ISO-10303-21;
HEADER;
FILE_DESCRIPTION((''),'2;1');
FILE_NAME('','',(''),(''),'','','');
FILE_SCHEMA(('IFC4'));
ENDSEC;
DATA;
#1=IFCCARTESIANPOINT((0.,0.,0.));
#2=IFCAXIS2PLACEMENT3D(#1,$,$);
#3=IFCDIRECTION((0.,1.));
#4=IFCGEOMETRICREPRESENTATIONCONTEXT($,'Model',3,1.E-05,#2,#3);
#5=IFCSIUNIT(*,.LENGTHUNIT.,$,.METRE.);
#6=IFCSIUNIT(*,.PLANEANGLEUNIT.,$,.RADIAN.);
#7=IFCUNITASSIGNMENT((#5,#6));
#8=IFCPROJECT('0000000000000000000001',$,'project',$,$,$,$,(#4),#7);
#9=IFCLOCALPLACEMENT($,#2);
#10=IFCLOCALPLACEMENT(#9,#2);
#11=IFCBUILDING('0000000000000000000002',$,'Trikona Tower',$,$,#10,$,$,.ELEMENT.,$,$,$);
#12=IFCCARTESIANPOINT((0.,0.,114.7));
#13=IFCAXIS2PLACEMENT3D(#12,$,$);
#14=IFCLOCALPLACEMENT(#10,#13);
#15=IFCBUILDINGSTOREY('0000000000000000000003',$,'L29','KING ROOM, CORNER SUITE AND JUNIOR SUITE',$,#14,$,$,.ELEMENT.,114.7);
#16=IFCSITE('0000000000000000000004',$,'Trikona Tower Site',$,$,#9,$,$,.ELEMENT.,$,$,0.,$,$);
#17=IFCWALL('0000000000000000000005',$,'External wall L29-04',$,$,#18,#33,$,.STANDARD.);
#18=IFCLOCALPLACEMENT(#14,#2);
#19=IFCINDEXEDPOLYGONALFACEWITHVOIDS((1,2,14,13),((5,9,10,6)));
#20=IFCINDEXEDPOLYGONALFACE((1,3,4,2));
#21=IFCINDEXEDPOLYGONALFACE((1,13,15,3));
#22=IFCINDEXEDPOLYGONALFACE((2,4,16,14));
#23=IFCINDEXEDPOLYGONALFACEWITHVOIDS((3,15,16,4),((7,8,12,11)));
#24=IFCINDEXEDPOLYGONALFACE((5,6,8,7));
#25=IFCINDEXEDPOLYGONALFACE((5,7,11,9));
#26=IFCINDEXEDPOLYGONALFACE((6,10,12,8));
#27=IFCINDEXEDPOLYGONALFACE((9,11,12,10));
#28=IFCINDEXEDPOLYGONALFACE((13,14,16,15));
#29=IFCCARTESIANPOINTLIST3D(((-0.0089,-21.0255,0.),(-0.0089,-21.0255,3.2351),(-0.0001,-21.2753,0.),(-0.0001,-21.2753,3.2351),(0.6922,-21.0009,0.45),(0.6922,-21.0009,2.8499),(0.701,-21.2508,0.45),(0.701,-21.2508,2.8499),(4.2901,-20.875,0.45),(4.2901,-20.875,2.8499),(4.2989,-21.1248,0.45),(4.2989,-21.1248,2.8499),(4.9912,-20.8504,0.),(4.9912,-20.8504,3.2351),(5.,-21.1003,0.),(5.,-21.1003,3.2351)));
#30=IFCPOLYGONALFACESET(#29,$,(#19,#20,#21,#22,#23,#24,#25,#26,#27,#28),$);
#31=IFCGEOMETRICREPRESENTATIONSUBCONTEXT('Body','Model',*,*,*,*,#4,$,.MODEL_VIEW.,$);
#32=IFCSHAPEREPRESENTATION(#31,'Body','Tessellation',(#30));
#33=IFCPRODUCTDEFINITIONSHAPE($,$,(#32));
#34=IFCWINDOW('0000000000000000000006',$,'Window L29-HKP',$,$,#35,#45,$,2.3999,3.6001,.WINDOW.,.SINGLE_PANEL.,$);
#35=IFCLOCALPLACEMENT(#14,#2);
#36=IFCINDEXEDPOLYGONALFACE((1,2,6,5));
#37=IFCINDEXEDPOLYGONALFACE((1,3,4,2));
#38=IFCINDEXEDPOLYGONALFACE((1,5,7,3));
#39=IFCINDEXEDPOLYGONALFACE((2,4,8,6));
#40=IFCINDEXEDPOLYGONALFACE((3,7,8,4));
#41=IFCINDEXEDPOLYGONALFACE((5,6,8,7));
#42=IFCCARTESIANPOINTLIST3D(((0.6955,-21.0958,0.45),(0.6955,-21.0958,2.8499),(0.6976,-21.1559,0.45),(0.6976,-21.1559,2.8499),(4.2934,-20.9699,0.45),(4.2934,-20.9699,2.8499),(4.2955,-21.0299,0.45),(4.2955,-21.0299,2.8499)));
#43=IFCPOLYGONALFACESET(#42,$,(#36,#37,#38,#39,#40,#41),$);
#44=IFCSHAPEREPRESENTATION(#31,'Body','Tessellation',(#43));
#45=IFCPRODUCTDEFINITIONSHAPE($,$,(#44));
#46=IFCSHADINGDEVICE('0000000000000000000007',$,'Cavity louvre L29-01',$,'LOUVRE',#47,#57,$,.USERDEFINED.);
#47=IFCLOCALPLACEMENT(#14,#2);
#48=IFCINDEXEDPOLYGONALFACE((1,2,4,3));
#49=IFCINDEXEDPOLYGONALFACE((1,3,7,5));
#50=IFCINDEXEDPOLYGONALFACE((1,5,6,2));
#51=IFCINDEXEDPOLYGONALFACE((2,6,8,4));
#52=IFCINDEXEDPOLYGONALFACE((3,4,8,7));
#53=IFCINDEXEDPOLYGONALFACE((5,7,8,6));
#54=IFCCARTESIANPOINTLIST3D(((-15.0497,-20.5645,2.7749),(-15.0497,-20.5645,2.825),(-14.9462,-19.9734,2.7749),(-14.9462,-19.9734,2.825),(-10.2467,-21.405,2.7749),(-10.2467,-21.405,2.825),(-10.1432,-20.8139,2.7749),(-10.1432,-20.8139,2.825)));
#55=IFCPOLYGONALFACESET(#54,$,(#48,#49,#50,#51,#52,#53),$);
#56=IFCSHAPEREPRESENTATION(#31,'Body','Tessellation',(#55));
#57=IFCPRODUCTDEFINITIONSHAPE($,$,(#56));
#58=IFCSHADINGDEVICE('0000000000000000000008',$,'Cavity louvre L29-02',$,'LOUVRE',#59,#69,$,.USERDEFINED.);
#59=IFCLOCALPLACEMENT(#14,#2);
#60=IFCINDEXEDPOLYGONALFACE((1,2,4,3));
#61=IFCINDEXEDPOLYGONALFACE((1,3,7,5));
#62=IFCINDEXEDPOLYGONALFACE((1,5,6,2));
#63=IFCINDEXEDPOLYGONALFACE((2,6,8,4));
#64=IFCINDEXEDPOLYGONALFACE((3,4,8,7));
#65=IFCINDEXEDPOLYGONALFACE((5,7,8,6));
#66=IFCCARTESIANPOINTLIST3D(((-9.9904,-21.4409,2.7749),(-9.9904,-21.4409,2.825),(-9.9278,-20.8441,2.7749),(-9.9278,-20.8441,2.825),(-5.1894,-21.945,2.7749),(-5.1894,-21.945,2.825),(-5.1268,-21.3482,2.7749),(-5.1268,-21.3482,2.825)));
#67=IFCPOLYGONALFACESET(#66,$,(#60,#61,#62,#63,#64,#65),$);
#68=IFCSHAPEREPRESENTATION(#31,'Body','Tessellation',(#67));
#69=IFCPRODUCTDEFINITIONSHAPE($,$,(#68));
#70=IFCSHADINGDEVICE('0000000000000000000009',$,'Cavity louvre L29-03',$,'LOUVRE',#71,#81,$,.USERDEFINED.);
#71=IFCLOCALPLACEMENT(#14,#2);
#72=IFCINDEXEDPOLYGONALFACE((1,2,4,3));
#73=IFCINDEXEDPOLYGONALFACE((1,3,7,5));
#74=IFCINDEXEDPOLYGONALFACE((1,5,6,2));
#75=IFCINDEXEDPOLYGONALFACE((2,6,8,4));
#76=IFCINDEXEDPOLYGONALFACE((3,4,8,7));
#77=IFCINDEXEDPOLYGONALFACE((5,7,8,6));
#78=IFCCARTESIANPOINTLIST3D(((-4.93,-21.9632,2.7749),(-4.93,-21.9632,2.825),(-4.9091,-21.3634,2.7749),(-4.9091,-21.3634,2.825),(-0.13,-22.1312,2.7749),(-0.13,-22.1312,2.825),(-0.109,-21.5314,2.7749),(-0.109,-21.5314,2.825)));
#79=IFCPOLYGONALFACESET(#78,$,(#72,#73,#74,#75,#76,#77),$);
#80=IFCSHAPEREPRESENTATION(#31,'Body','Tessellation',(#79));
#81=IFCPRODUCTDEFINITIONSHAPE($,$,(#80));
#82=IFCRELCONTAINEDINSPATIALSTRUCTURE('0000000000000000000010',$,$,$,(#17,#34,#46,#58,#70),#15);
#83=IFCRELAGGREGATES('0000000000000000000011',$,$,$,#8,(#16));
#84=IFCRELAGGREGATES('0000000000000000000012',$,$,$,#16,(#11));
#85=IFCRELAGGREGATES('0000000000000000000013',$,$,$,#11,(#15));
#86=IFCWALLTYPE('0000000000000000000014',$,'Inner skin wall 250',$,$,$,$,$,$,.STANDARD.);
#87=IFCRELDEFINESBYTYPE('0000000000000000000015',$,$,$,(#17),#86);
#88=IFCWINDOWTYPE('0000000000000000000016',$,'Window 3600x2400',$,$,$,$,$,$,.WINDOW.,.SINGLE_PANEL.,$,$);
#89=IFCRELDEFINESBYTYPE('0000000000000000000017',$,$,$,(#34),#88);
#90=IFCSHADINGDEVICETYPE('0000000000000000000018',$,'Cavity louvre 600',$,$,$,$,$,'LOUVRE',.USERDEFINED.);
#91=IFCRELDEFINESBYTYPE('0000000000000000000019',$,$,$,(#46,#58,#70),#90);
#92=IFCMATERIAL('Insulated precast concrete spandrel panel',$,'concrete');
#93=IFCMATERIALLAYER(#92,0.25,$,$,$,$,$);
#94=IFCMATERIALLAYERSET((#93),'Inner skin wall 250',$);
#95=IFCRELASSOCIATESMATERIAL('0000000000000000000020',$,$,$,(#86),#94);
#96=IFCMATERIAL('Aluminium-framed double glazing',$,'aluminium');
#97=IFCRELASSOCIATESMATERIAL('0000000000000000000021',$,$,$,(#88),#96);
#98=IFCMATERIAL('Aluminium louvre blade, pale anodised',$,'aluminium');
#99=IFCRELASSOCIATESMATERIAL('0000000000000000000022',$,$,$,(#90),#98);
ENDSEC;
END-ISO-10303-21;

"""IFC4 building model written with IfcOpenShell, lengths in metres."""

from ifc_helpers import new_model, si_unit, direction, frame, frame_2d, origin, origin_2d, place, context, subcontext, project, spatial, rectangle, extrude, material, layer, layer_set, type_object, element, fill, save


model = new_model("IFC4")

# Units and contexts
model_context = context("Model", 3, precision=1e-05, world=origin(), true_north=direction((0.0, 1.0)))
body_context = subcontext(model_context, "Body", "Model", "MODEL_VIEW")
ifc_project = project(units=[si_unit("LENGTHUNIT", "METRE"), si_unit("PLANEANGLEUNIT", "RADIAN")], contexts=[model_context])

# Site, building, storey
site_placement = place(None, origin())
site = spatial("IfcSite", under=ifc_project, at=site_placement, Name="Trikona Tower Site", CompositionType="ELEMENT", RefElevation=0.0)
building_placement = place(site_placement, origin())
building = spatial("IfcBuilding", under=site, at=building_placement, Name="Trikona Tower", CompositionType="ELEMENT")
storey_placement = place(building_placement, frame((0.0, 0.0, 114.7)))
storey = spatial("IfcBuildingStorey", under=building, at=storey_placement, Name="L29", Description="KING ROOM, CORNER SUITE AND JUNIOR SUITE", CompositionType="ELEMENT", Elevation=114.7)

# Wall, opening, window
ifc_material_1 = material(Name="Insulated precast concrete spandrel panel", Category="concrete")
ifc_layer_1 = layer(ifc_material_1, 0.25)
ifc_layer_set_1 = layer_set([ifc_layer_1], Name="Inner skin wall 250")
wall_type = type_object("IfcWallType", Name="Inner skin wall 250", PredefinedType="STANDARD", material=ifc_layer_set_1)
ifc_material_2 = material(Name="Aluminium-framed double glazing", Category="aluminium")
window_type = type_object("IfcWindowType", Name="Window 3600x2400", PartitioningType="SINGLE_PANEL", PredefinedType="WINDOW", material=ifc_material_2)
wall_1_placement = place(storey_placement, frame((-0.0044, -21.1504, 0.0), z_axis=(0.0, 0.0, 1.0), x_axis=(0.999388, 0.034988, 0.0)))
wall_1 = element("IfcWall", 1, at=wall_1_placement, inside=storey, type_object=wall_type, Name="External wall L29-04", PredefinedType="STANDARD", context=body_context, shape_type="SweptSolid", body=[
    extrude(rectangle(XDim=5.0032, YDim=0.25, at=frame_2d((2.5015, 0.0))), origin(), (0.0, 0.0, 1.0), 3.2351),
])
opening_1_placement = place(wall_1_placement, frame((0.7014, 0.0, 0.45)))
opening_1 = element("IfcOpeningElement", 2, at=opening_1_placement, cuts=wall_1, PredefinedType="OPENING", context=body_context, shape_type="SweptSolid", body=[
    extrude(rectangle(XDim=3.6001, YDim=2.3999, at=frame_2d((1.8, 1.2))), frame((0.0, 0.135, 0.0), z_axis=(0.0, -1.0, 0.0), x_axis=(1.0, 0.0, 0.0)), (0.0, 0.0, 1.0), 0.27),
])
window_1_placement = place(opening_1_placement, origin())
window_1 = element("IfcWindow", 3, at=window_1_placement, inside=storey, type_object=window_type, Name="Window L29-HKP", OverallHeight=2.3999, OverallWidth=3.6001, PartitioningType="SINGLE_PANEL", PredefinedType="WINDOW", context=body_context, shape_type="SweptSolid", body=[
    extrude(rectangle(XDim=3.6001, YDim=2.3999, at=frame_2d((1.8, 1.2))), frame((0.0, 0.03, 0.0), z_axis=(0.0, -1.0, 0.0), x_axis=(1.0, 0.0, 0.0)), (0.0, 0.0, 1.0), 0.0601),
])
fill(opening_1, window_1)

# Shading devices
ifc_material_3 = material(Name="Aluminium louvre blade, pale anodised", Category="aluminium")
shading_device_type = type_object("IfcShadingDeviceType", Name="Cavity louvre 600", ElementType="LOUVRE", PredefinedType="USERDEFINED", material=ifc_material_3)
shading_device_1_placement = place(storey_placement, frame((-12.5964, -20.6892, 2.7749), z_axis=(0.0, 0.0, 1.0), x_axis=(0.985031, -0.17238, 0.0)))
element("IfcShadingDevice", 4, at=shading_device_1_placement, inside=storey, type_object=shading_device_type, Name="Cavity louvre L29-01", ObjectType="LOUVRE", PredefinedType="USERDEFINED", context=body_context, shape_type="SweptSolid", body=[
    extrude(rectangle(XDim=4.876, YDim=0.6001, at=origin_2d()), origin(), (0.0, 0.0, 1.0), 0.05),
])
shading_device_2_placement = place(storey_placement, frame((-7.5586, -21.3945, 2.7749), z_axis=(0.0, 0.0, 1.0), x_axis=(0.994533, -0.104426, 0.0)))
element("IfcShadingDevice", 5, at=shading_device_2_placement, inside=storey, type_object=shading_device_type, Name="Cavity louvre L29-02", ObjectType="LOUVRE", PredefinedType="USERDEFINED", context=body_context, shape_type="SweptSolid", body=[
    extrude(rectangle(XDim=4.8274, YDim=0.6001, at=origin_2d()), origin(), (0.0, 0.0, 1.0), 0.05),
])
shading_device_3_placement = place(storey_placement, frame((-2.5195, -21.7473, 2.7749), z_axis=(0.0, 0.0, 1.0), x_axis=(0.999388, -0.034978, 0.0)))
element("IfcShadingDevice", 6, at=shading_device_3_placement, inside=storey, type_object=shading_device_type, Name="Cavity louvre L29-03", ObjectType="LOUVRE", PredefinedType="USERDEFINED", context=body_context, shape_type="SweptSolid", body=[
    extrude(rectangle(XDim=4.803, YDim=0.6001, at=origin_2d()), origin(), (0.0, 0.0, 1.0), 0.05),
])

save(model, "model.ifc")
